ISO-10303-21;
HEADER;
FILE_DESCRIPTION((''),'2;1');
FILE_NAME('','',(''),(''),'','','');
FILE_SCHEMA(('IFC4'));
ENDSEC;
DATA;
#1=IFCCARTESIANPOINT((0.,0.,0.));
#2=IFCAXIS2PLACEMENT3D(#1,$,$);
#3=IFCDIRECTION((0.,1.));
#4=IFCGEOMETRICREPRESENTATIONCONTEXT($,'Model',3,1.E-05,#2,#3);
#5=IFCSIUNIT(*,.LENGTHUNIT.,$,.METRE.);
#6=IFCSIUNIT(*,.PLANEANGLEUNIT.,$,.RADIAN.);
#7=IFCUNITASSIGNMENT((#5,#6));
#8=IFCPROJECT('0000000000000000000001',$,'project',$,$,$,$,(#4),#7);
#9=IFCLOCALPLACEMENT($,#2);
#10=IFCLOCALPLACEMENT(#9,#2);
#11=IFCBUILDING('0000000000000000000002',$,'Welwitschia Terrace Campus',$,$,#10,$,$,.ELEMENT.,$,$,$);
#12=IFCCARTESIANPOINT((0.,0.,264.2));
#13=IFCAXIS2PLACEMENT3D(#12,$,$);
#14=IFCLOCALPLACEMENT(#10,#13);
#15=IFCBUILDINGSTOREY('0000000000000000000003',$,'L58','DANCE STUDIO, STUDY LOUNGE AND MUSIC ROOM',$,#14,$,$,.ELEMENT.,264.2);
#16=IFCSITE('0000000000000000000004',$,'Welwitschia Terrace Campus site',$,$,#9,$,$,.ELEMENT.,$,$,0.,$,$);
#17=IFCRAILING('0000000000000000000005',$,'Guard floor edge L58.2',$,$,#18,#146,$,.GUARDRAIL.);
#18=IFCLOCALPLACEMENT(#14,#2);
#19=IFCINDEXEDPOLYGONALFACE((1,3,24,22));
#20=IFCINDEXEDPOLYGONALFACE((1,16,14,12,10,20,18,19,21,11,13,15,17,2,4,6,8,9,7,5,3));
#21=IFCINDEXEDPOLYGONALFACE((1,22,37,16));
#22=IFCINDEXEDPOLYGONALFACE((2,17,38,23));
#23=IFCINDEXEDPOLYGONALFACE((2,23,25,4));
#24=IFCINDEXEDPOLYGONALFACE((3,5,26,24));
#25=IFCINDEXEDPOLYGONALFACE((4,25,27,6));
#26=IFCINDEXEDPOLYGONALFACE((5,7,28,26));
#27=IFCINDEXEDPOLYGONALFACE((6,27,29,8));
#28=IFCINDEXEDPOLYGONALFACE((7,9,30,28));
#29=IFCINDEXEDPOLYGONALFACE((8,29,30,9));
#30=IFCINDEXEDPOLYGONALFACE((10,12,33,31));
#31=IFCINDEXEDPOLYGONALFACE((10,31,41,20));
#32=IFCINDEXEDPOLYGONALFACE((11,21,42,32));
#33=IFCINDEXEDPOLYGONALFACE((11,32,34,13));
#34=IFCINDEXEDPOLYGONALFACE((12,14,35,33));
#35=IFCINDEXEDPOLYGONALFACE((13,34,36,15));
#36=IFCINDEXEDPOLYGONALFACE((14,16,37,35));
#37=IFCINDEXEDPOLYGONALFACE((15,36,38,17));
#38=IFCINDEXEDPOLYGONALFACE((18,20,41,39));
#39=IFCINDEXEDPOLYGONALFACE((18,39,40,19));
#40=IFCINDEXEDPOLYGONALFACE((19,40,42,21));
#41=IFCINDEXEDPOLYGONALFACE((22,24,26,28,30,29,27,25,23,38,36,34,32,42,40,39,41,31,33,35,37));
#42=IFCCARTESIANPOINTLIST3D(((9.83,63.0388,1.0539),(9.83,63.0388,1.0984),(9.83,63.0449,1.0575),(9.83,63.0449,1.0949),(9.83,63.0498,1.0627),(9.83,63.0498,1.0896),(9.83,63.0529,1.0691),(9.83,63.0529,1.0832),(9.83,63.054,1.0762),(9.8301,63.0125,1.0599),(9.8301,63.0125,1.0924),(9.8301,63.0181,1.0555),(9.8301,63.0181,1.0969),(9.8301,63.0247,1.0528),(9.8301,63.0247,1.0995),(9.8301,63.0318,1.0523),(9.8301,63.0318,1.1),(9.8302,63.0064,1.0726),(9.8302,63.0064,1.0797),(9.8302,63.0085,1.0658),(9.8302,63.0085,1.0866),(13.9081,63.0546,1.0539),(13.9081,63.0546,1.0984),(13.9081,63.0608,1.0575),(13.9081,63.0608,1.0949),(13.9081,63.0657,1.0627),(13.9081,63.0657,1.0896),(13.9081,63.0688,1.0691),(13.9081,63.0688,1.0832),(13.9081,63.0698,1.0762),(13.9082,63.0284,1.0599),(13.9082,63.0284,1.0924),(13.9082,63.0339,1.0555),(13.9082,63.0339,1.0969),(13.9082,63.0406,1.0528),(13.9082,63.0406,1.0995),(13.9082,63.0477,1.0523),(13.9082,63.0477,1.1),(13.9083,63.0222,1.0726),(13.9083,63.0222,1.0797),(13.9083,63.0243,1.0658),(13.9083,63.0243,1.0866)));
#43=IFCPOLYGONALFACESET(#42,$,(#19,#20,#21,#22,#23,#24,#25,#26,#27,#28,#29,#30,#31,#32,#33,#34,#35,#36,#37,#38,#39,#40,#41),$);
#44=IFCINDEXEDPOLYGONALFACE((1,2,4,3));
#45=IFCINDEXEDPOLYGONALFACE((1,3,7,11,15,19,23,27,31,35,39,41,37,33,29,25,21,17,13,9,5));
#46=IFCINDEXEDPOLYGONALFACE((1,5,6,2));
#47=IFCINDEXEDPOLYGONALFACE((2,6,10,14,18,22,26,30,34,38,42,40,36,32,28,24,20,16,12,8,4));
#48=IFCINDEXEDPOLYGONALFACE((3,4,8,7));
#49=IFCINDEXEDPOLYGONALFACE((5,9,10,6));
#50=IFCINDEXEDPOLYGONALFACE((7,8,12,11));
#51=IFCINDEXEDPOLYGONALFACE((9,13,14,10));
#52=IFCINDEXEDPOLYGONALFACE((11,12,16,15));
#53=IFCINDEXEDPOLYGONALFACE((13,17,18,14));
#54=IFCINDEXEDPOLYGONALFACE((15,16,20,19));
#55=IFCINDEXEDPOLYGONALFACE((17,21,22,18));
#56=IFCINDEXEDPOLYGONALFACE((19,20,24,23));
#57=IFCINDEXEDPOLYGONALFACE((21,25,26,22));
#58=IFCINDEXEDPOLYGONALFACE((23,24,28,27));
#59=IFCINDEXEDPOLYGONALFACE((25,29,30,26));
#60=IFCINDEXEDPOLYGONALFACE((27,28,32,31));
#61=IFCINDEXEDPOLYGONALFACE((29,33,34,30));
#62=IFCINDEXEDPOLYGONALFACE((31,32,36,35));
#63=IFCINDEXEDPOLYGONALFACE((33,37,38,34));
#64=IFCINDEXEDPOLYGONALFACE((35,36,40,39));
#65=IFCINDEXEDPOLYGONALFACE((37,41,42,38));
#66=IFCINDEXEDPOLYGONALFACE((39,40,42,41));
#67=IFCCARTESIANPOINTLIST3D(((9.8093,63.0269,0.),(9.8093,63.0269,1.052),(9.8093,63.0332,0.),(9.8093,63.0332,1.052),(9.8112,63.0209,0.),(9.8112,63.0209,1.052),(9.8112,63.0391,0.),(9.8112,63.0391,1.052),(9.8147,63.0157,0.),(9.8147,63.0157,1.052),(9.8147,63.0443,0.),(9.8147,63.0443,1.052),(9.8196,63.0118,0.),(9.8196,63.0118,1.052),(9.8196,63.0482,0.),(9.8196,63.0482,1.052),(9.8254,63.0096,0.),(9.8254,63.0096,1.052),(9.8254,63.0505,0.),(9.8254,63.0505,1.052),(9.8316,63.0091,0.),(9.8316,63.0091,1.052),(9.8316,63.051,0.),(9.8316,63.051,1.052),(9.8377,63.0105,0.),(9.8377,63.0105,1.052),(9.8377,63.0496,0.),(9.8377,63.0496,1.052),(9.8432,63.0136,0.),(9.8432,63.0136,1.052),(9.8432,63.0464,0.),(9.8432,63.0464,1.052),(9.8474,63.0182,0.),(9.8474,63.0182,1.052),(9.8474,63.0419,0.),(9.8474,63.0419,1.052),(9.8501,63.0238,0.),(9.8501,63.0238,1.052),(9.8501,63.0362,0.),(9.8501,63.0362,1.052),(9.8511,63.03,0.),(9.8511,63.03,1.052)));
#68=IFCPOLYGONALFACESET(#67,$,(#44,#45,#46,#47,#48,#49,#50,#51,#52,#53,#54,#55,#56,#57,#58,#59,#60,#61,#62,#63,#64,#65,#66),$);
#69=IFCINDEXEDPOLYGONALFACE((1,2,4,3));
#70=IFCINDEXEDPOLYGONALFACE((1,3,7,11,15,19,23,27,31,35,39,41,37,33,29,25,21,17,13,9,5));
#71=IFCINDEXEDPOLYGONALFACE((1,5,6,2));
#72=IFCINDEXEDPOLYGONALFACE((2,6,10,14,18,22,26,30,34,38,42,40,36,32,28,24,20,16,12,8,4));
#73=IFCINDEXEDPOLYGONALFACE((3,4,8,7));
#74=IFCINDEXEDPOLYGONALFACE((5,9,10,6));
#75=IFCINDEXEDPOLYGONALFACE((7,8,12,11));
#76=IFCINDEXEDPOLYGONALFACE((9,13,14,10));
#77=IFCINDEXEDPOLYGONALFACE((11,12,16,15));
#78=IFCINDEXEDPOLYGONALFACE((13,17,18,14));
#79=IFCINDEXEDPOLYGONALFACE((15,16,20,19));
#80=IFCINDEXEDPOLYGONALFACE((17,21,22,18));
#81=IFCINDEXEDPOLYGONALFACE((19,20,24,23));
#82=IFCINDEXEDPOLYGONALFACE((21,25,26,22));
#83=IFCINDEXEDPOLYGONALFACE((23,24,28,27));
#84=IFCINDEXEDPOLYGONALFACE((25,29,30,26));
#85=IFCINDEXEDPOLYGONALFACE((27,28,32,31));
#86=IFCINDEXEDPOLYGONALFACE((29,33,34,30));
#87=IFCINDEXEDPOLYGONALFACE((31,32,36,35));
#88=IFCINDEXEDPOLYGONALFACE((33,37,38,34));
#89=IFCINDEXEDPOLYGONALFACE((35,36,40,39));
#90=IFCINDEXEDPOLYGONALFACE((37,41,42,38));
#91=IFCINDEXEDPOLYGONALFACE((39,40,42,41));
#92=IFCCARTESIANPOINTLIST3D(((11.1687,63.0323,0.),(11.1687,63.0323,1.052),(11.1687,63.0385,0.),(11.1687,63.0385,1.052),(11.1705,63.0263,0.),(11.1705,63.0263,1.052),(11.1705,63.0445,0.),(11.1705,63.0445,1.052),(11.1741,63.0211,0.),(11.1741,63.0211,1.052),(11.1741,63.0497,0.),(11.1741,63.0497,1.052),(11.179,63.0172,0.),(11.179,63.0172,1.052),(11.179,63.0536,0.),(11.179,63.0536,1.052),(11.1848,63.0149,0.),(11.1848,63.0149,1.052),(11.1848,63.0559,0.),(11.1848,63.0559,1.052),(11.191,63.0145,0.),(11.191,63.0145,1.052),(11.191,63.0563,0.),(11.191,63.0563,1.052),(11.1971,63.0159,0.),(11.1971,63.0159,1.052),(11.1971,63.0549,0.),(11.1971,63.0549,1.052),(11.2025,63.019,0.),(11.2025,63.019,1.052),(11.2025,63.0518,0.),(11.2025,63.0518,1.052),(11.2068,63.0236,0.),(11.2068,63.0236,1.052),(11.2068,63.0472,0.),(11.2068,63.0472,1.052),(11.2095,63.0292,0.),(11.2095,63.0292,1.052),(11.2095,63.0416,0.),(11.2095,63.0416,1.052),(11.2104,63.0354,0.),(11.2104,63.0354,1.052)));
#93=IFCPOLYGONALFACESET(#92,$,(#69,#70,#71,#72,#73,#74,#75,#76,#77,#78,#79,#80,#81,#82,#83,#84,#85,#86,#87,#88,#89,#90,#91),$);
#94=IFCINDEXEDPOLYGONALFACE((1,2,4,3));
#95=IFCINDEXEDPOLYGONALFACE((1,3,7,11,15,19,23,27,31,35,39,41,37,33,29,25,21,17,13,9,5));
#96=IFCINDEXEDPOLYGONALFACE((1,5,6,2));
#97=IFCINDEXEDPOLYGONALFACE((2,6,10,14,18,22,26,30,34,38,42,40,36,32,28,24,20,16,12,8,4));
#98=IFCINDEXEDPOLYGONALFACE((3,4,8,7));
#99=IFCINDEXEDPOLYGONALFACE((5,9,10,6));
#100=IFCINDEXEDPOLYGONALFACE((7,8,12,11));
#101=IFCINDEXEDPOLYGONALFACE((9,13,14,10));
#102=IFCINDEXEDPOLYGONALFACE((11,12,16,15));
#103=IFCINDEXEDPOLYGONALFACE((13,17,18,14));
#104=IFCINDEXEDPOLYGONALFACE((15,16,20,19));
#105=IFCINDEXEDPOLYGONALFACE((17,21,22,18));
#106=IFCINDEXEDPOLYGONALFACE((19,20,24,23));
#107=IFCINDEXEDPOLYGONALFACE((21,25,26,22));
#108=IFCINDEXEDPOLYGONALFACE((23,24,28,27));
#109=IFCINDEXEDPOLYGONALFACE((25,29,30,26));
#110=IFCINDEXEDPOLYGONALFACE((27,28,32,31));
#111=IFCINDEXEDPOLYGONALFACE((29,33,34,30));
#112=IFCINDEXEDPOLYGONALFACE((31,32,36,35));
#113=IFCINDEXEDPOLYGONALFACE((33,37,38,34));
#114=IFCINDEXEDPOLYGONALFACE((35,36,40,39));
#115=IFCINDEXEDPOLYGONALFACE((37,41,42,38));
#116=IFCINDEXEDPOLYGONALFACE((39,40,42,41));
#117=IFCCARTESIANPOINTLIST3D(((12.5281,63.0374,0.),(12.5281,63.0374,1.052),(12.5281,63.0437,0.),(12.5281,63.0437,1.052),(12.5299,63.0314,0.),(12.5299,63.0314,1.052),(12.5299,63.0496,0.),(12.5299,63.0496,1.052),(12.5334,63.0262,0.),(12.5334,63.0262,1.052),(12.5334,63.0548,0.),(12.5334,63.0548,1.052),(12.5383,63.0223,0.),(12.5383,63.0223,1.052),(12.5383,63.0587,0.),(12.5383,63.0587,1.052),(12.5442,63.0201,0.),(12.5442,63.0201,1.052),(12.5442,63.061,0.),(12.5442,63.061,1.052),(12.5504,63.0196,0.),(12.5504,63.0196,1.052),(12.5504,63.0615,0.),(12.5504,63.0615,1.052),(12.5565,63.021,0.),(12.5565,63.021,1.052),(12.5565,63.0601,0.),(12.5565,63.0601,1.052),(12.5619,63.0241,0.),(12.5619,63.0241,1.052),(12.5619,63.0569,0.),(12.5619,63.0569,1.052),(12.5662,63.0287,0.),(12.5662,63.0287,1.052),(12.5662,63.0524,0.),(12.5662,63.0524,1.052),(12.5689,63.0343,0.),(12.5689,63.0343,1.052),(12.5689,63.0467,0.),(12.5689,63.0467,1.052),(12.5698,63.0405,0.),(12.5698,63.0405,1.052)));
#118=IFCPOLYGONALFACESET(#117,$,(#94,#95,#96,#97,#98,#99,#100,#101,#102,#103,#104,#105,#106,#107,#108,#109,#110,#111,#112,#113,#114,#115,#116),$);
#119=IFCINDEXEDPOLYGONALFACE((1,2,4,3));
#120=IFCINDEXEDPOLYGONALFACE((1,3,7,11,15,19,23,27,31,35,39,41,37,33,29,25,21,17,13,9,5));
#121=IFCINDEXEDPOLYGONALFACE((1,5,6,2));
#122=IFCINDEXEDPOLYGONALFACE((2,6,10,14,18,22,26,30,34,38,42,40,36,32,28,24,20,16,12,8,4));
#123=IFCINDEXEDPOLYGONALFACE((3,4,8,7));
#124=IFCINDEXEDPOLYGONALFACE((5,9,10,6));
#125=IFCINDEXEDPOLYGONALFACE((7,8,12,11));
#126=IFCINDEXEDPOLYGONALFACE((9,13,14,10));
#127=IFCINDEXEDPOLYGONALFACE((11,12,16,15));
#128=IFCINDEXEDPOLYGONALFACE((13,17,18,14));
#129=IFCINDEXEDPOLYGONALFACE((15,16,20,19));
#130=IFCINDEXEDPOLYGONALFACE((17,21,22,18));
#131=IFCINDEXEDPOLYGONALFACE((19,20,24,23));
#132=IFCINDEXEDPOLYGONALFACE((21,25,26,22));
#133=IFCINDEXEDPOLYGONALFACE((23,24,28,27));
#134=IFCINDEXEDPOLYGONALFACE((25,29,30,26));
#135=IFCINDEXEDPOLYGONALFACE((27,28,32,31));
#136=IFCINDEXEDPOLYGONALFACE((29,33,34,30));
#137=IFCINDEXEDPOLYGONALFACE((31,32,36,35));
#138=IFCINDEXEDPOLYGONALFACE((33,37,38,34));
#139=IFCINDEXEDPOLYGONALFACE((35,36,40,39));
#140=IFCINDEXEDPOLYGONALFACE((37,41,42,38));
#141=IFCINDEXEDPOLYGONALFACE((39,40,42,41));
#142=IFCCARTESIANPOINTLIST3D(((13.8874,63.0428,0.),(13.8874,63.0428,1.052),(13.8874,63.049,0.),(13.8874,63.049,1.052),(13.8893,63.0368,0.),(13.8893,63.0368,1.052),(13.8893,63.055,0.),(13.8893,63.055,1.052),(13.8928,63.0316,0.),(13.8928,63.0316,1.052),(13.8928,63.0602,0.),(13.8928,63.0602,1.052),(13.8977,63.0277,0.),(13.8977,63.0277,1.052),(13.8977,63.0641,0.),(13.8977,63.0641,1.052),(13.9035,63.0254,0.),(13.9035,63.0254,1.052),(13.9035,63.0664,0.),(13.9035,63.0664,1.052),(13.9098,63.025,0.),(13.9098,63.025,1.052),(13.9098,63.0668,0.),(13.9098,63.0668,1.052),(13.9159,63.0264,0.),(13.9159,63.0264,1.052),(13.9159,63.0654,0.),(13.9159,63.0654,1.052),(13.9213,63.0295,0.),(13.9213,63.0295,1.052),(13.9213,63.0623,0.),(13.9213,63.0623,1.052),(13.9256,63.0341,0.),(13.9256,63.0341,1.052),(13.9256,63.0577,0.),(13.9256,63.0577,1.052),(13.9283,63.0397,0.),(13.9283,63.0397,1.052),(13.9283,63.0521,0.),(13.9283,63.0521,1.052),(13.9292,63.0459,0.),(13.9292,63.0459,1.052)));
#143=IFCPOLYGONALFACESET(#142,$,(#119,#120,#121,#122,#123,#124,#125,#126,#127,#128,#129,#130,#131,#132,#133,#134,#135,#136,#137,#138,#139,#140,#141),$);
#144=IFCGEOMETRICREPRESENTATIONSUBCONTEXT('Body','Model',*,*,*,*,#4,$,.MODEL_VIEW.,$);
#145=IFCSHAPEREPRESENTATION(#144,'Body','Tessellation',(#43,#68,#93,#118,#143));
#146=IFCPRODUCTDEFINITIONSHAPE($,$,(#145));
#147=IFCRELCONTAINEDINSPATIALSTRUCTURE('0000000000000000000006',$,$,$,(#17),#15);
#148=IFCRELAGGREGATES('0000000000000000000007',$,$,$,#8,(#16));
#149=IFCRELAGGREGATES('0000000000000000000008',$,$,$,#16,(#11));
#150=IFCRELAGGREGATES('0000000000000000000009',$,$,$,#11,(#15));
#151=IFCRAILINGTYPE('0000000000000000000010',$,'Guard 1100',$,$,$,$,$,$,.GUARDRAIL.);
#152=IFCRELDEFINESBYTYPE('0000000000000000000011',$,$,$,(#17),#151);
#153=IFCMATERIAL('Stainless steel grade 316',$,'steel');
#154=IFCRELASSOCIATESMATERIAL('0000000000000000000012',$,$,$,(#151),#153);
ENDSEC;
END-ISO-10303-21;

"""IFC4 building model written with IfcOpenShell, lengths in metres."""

from ifc_helpers import new_model, si_unit, direction, frame, origin, origin_2d, place, context, subcontext, project, spatial, circle, extrude, material, type_object, element, save


model = new_model("IFC4")

# Units and contexts
model_context = context("Model", 3, precision=1e-05, world=origin(), true_north=direction((0.0, 1.0)))
body_context = subcontext(model_context, "Body", "Model", "MODEL_VIEW")
ifc_project = project(units=[si_unit("LENGTHUNIT", "METRE"), si_unit("PLANEANGLEUNIT", "RADIAN")], contexts=[model_context])

# Site, building, storey
site_placement = place(None, origin())
site = spatial("IfcSite", under=ifc_project, at=site_placement, Name="Welwitschia Terrace Campus site", CompositionType="ELEMENT", RefElevation=0.0)
building_placement = place(site_placement, origin())
building = spatial("IfcBuilding", under=site, at=building_placement, Name="Welwitschia Terrace Campus", CompositionType="ELEMENT")
storey_placement = place(building_placement, frame((0.0, 0.0, 264.2)))
storey = spatial("IfcBuildingStorey", under=building, at=storey_placement, Name="L58", Description="DANCE STUDIO, STUDY LOUNGE AND MUSIC ROOM", CompositionType="ELEMENT", Elevation=264.2)

# Railing
ifc_material_1 = material(Name="Stainless steel grade 316", Category="steel")
railing_type = type_object("IfcRailingType", Name="Guard 1100", PredefinedType="GUARDRAIL", material=ifc_material_1)
railing_1_placement = place(storey_placement, frame((9.8301, 63.03, 0.0)))
element("IfcRailing", 1, at=railing_1_placement, inside=storey, type_object=railing_type, Name="Guard floor edge L58.2", PredefinedType="GUARDRAIL", context=body_context, shape_type="SweptSolid", body=[
    extrude(circle(Radius=0.0239, at=origin_2d()), frame((0.0, 0.0, 1.0762), z_axis=(0.999992, 0.003891, 0.0), x_axis=(-0.003891, 0.999992, 0.0)), (0.0, 0.0, 1.0), 4.0781),
    extrude(circle(Radius=0.021, at=origin_2d()), origin(), (0.0, 0.0, 1.0), 1.052),
    extrude(circle(Radius=0.021, at=origin_2d()), frame((1.3594, 0.0054, 0.0)), (0.0, 0.0, 1.0), 1.052),
    extrude(circle(Radius=0.021, at=origin_2d()), frame((2.7188, 0.0105, 0.0)), (0.0, 0.0, 1.0), 1.052),
    extrude(circle(Radius=0.021, at=origin_2d()), frame((4.0781, 0.0159, 0.0)), (0.0, 0.0, 1.0), 1.052),
])

save(model, "model.ifc")
